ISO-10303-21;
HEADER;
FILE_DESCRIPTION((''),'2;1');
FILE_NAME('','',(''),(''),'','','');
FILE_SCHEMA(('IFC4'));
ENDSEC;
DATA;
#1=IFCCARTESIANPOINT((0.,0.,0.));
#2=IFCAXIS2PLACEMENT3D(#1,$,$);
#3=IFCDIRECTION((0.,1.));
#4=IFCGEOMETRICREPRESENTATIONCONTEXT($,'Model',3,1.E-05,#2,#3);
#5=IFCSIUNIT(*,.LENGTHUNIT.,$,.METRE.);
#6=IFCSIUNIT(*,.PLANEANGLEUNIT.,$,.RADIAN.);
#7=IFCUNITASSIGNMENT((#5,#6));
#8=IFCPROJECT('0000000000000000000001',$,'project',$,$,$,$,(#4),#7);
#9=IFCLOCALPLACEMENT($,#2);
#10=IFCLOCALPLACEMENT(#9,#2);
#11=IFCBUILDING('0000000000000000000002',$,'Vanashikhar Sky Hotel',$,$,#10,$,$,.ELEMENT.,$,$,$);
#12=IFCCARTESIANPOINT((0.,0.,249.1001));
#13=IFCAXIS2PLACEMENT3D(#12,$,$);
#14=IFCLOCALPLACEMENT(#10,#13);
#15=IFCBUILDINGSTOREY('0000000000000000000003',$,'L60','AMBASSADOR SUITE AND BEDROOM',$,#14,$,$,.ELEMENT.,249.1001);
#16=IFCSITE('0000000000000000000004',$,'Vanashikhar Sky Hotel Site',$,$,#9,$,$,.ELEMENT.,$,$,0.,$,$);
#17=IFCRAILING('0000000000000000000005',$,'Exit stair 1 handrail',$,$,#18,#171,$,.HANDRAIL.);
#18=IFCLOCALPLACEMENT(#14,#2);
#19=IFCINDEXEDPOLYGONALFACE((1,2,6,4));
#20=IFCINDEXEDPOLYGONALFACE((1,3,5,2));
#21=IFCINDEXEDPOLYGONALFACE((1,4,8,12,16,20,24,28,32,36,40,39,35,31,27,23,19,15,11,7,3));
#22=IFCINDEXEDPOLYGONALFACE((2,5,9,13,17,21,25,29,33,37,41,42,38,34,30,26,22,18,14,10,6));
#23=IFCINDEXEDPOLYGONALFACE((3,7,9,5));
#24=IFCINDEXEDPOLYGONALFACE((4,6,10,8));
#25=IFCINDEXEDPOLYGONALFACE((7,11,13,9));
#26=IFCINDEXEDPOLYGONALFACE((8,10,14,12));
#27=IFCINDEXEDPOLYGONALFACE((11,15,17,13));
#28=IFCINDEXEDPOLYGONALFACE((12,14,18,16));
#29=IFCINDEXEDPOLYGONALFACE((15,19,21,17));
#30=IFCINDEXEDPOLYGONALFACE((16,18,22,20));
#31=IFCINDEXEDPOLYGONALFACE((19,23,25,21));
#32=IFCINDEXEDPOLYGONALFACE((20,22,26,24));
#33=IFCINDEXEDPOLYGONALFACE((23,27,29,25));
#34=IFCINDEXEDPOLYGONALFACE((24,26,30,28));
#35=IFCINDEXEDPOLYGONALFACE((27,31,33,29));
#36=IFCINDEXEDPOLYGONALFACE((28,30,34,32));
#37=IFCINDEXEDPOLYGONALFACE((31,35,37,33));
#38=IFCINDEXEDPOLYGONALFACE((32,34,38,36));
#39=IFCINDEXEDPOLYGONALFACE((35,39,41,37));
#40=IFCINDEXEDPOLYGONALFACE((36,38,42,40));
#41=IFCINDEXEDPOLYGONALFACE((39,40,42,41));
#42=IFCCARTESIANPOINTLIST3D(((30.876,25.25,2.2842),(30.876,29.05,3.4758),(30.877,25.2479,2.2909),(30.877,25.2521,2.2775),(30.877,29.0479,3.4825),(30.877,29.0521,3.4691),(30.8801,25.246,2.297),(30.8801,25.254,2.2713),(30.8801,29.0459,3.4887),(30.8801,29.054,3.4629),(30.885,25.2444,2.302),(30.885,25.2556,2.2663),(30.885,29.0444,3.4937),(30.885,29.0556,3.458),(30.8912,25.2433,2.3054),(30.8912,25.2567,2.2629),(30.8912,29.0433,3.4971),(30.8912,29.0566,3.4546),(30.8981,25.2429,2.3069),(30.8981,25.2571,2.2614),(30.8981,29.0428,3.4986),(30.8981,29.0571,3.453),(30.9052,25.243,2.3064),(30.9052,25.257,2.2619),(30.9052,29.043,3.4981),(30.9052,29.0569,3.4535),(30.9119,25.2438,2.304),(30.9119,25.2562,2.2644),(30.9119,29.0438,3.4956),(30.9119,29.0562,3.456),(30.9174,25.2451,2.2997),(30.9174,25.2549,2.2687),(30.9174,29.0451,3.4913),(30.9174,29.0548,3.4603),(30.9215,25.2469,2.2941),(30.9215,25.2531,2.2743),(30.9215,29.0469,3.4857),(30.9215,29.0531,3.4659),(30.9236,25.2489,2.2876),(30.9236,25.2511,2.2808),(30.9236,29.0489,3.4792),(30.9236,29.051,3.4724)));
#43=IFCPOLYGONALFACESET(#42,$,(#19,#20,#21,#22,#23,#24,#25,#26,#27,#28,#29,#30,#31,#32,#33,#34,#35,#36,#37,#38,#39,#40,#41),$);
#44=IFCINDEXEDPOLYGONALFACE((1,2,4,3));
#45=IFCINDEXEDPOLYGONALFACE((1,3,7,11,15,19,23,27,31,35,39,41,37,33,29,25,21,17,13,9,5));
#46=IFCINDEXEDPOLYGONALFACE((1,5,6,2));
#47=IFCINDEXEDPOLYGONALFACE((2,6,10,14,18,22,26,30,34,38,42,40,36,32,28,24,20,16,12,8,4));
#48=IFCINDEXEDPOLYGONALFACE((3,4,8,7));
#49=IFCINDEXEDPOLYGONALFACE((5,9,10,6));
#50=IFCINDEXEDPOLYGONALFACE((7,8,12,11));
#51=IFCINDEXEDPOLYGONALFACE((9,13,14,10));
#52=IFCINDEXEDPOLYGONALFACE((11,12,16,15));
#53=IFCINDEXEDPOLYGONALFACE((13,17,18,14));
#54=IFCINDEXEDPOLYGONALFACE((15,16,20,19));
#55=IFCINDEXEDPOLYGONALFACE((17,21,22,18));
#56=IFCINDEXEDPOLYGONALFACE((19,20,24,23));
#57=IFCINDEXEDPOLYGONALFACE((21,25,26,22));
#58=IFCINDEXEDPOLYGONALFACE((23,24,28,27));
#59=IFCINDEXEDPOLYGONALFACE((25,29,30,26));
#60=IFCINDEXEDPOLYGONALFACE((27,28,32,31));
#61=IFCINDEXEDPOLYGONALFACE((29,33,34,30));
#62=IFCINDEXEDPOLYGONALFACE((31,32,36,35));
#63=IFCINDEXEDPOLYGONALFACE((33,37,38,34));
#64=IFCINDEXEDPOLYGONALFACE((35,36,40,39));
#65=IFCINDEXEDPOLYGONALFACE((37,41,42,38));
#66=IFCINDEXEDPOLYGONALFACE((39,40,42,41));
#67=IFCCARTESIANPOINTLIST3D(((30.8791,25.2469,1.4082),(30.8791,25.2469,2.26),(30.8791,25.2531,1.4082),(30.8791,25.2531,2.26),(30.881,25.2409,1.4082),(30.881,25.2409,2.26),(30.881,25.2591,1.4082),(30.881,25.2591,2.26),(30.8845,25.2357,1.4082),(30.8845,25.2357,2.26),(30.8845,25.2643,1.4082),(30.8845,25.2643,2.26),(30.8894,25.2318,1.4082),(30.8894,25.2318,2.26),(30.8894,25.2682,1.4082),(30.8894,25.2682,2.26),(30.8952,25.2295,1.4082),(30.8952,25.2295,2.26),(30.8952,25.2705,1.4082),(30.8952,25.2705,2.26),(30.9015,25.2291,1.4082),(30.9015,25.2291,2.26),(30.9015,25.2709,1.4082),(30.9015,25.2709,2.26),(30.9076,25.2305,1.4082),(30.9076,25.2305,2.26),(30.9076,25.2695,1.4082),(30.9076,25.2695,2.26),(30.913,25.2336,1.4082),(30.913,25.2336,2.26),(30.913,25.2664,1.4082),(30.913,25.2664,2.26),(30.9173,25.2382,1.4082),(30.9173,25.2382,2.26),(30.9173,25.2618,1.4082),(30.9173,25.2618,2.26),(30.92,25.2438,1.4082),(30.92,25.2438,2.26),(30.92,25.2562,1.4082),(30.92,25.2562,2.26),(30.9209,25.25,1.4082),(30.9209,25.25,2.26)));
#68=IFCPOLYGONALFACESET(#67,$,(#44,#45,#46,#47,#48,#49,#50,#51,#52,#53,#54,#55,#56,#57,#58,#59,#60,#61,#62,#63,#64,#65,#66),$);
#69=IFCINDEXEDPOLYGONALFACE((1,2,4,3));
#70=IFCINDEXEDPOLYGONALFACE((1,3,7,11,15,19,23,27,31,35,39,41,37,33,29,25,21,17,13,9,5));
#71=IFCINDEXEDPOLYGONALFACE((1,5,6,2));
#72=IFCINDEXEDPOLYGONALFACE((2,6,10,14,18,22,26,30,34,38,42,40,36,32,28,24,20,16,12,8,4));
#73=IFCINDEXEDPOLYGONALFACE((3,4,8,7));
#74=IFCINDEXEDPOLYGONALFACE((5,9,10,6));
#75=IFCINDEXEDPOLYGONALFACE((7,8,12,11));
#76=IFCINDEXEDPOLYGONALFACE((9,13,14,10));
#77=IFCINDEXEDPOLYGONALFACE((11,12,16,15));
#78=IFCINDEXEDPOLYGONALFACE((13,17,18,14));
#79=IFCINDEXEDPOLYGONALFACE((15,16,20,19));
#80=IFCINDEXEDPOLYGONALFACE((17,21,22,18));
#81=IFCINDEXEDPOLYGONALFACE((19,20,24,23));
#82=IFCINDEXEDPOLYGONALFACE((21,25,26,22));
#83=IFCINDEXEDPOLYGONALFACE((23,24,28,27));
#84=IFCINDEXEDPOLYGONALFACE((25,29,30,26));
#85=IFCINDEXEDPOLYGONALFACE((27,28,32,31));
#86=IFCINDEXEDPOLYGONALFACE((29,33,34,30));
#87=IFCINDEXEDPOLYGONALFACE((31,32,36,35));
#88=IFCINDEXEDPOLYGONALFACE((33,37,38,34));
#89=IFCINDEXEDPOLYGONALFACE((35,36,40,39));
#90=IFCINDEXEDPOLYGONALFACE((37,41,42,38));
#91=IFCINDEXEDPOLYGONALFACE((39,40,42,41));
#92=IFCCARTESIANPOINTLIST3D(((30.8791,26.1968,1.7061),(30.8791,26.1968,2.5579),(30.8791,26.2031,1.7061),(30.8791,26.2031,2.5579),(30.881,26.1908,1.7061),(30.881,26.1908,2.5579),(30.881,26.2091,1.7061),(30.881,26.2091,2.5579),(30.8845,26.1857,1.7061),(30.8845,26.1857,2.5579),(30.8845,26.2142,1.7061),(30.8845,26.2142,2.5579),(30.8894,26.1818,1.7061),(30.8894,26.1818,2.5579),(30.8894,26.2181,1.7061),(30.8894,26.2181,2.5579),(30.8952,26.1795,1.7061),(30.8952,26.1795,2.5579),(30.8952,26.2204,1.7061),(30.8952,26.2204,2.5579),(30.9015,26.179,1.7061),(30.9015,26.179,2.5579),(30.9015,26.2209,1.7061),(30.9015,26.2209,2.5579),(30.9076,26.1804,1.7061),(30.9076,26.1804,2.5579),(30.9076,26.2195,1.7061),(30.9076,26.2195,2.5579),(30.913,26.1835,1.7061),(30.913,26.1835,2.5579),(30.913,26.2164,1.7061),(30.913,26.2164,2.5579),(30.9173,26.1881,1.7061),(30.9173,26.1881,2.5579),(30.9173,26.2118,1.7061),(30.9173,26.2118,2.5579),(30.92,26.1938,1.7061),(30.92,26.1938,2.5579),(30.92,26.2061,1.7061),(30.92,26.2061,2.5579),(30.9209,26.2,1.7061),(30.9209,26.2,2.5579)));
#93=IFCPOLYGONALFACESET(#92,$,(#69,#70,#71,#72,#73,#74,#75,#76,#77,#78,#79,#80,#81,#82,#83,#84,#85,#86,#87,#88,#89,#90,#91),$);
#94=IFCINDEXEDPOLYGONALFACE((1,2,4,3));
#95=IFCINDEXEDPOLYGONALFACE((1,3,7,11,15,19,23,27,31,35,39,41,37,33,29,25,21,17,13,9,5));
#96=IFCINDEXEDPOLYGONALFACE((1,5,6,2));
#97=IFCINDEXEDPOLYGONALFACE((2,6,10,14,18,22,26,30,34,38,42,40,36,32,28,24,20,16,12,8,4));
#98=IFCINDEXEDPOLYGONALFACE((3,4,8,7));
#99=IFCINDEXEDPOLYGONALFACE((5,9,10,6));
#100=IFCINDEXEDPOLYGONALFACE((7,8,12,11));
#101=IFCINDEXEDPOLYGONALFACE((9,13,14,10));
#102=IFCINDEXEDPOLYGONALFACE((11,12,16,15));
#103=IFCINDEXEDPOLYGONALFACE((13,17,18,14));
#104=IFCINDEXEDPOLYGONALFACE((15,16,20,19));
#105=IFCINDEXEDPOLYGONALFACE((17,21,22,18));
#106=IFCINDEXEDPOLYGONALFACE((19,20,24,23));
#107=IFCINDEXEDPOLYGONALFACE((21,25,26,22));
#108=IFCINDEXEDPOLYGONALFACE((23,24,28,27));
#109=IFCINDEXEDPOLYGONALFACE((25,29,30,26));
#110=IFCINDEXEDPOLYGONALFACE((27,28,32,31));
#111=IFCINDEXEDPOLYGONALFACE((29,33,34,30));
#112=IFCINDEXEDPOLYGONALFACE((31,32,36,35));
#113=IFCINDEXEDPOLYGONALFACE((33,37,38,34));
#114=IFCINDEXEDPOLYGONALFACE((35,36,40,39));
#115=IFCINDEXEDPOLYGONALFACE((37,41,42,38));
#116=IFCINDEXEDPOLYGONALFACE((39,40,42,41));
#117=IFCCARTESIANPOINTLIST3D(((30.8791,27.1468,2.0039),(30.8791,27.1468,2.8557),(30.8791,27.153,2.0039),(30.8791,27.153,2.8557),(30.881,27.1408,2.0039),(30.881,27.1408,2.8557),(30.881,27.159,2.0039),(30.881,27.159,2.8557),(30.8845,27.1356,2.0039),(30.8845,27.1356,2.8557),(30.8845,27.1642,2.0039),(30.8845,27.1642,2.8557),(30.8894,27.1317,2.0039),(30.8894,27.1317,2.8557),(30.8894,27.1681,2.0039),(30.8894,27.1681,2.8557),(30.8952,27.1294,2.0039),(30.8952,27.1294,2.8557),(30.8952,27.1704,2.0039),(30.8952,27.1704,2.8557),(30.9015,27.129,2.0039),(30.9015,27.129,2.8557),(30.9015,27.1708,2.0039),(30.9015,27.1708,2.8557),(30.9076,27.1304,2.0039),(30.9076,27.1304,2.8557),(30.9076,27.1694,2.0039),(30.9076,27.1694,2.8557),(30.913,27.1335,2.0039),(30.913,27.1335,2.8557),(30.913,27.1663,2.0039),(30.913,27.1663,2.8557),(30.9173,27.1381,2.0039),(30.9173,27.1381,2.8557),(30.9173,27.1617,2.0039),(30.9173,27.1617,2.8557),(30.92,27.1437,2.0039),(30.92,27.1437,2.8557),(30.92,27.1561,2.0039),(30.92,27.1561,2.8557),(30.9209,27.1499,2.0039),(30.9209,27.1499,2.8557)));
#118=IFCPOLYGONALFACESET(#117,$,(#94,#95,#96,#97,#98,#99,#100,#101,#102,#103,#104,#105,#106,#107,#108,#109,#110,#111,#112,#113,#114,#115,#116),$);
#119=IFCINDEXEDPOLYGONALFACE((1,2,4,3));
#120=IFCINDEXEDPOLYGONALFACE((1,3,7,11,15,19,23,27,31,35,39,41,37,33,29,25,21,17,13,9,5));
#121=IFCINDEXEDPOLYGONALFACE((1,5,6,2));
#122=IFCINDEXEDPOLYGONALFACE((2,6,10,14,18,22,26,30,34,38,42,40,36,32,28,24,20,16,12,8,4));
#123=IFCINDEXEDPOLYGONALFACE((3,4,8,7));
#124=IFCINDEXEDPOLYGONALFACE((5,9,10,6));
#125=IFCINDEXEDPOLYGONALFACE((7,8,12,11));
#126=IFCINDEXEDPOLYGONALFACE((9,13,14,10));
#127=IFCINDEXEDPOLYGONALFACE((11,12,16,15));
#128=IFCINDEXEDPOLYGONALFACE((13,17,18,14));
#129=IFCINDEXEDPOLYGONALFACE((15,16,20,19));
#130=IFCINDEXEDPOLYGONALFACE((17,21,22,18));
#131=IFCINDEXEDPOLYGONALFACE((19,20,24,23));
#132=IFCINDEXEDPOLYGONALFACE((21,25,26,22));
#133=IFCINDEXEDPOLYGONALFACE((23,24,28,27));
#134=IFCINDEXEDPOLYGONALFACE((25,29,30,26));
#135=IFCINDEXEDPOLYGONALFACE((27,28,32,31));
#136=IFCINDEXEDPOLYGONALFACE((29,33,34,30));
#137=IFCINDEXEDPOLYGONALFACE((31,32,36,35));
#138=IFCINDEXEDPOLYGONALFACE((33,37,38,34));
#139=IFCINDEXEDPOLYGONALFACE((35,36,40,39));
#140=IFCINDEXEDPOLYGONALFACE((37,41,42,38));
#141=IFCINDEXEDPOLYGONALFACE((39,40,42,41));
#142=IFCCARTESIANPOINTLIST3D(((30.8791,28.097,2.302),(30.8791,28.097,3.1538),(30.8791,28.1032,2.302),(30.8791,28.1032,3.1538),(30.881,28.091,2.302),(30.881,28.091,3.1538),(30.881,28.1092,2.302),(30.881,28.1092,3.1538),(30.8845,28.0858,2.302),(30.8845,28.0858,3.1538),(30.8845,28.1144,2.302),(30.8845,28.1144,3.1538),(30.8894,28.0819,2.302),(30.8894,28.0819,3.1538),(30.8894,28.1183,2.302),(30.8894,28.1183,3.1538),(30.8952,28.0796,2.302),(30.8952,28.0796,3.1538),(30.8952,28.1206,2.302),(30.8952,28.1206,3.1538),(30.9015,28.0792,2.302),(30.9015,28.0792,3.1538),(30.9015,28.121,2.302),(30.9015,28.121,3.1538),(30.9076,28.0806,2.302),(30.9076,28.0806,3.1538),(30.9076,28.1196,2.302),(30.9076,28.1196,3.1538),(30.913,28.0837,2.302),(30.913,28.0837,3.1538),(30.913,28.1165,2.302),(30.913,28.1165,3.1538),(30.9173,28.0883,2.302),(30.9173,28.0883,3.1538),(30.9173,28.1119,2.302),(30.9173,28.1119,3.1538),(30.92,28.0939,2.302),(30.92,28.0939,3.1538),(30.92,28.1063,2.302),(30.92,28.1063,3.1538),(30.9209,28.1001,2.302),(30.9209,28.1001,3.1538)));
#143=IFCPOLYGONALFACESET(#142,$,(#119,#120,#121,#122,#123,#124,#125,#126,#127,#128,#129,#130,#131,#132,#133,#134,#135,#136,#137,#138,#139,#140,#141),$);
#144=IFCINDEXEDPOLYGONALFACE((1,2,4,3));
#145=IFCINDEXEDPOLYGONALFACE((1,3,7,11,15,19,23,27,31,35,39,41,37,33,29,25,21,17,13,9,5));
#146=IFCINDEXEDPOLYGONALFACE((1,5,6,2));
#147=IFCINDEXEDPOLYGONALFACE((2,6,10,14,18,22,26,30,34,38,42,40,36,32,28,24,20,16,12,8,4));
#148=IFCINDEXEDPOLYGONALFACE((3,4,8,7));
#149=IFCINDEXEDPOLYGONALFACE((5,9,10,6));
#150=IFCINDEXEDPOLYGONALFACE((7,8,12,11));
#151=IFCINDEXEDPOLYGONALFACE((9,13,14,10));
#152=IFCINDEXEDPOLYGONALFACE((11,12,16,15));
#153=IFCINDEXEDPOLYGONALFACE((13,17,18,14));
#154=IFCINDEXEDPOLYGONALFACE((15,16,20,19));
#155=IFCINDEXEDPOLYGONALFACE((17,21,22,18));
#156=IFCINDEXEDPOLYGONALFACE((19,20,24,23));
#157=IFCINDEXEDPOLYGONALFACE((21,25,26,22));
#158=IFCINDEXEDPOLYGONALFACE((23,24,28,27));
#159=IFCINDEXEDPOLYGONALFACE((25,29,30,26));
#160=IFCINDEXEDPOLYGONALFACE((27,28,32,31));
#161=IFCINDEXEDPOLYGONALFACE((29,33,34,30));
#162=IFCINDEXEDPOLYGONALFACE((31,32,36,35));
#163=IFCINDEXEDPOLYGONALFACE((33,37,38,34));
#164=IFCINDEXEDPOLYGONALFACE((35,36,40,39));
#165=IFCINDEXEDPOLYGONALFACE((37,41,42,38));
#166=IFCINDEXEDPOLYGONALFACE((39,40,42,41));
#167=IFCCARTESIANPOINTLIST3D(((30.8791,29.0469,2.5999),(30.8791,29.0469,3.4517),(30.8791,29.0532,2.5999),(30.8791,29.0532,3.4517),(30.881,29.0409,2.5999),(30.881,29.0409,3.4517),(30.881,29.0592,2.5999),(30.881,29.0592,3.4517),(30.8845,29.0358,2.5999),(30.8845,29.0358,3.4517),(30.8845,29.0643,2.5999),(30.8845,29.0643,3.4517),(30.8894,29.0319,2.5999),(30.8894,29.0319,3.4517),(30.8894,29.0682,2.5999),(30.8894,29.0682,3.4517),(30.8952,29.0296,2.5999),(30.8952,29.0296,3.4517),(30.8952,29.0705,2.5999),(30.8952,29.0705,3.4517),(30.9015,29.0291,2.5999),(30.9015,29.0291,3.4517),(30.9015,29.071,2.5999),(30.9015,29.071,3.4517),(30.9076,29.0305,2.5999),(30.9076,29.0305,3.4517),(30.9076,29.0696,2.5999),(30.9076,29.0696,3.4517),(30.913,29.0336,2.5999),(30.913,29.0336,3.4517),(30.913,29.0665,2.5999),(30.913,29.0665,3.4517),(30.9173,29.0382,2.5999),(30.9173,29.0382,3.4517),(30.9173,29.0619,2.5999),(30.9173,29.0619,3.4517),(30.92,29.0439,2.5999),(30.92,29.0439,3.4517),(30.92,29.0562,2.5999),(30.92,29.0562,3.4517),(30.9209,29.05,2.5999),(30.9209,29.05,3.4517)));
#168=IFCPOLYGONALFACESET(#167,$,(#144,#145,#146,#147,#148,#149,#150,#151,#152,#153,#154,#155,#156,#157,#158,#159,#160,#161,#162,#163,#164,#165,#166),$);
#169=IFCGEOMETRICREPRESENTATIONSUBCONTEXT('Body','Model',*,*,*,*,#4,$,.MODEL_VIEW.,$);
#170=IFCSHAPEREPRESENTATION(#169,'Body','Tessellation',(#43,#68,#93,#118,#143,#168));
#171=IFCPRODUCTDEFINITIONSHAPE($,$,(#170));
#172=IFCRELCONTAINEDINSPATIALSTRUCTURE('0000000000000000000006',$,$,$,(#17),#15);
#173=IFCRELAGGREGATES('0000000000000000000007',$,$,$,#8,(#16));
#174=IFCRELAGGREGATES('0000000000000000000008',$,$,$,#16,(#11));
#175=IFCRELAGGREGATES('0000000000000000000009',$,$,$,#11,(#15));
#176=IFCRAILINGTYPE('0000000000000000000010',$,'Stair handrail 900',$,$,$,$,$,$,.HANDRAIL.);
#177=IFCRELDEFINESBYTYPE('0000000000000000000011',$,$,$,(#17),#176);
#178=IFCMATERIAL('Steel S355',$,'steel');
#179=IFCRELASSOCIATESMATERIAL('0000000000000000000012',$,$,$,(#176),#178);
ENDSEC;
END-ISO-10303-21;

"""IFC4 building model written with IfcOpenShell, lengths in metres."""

from ifc_helpers import new_model, si_unit, direction, frame, origin, origin_2d, place, context, subcontext, project, spatial, circle, extrude, source, transform, mapped, material, type_object, element, save


model = new_model("IFC4")

# Units and contexts
model_context = context("Model", 3, precision=1e-05, world=origin(), true_north=direction((0.0, 1.0)))
body_context = subcontext(model_context, "Body", "Model", "MODEL_VIEW")
ifc_project = project(units=[si_unit("LENGTHUNIT", "METRE"), si_unit("PLANEANGLEUNIT", "RADIAN")], contexts=[model_context])

# Site, building, storey
site_placement = place(None, origin())
site = spatial("IfcSite", under=ifc_project, at=site_placement, Name="Vanashikhar Sky Hotel Site", CompositionType="ELEMENT", RefElevation=0.0)
building_placement = place(site_placement, origin())
building = spatial("IfcBuilding", under=site, at=building_placement, Name="Vanashikhar Sky Hotel", CompositionType="ELEMENT")
storey_placement = place(building_placement, frame((0.0, 0.0, 249.1001)))
storey = spatial("IfcBuildingStorey", under=building, at=storey_placement, Name="L60", Description="AMBASSADOR SUITE AND BEDROOM", CompositionType="ELEMENT", Elevation=249.1001)

# Railing
ifc_material_1 = material(Name="Steel S355", Category="steel")
railing_type = type_object("IfcRailingType", Name="Stair handrail 900", PredefinedType="HANDRAIL", material=ifc_material_1)
shared_shape_1 = source(origin(), body_context, "Body", "SweptSolid", [
    extrude(circle(Radius=0.0239, at=origin_2d()), frame((0.0, 0.0, 0.876), z_axis=(0.0, 0.954184, 0.299221), x_axis=(-1.0, 0.0, 0.0)), (0.0, 0.0, 1.0), 3.9824),
    extrude(circle(Radius=0.021, at=origin_2d()), origin(), (0.0, 0.0, 1.0), 0.8518),
    extrude(circle(Radius=0.021, at=origin_2d()), frame((0.0, 0.95, 0.2979)), (0.0, 0.0, 1.0), 0.8518),
    extrude(circle(Radius=0.021, at=origin_2d()), frame((0.0, 1.8999, 0.5957)), (0.0, 0.0, 1.0), 0.8518),
    extrude(circle(Radius=0.021, at=origin_2d()), frame((0.0, 2.8501, 0.8938)), (0.0, 0.0, 1.0), 0.8518),
    extrude(circle(Radius=0.021, at=origin_2d()), frame((0.0, 3.8, 1.1917)), (0.0, 0.0, 1.0), 0.8518),
])
railing_placement = place(storey_placement, frame((30.8999, 25.25, 1.4082)))
element("IfcRailing", 1, at=railing_placement, inside=storey, type_object=railing_type, Name="Exit stair 1 handrail", PredefinedType="HANDRAIL", context=body_context, shape_type="MappedRepresentation", body=[
    mapped(shared_shape_1, transform((0.0, 0.0, 0.0), scale=1.0)),
])

save(model, "model.ifc")
